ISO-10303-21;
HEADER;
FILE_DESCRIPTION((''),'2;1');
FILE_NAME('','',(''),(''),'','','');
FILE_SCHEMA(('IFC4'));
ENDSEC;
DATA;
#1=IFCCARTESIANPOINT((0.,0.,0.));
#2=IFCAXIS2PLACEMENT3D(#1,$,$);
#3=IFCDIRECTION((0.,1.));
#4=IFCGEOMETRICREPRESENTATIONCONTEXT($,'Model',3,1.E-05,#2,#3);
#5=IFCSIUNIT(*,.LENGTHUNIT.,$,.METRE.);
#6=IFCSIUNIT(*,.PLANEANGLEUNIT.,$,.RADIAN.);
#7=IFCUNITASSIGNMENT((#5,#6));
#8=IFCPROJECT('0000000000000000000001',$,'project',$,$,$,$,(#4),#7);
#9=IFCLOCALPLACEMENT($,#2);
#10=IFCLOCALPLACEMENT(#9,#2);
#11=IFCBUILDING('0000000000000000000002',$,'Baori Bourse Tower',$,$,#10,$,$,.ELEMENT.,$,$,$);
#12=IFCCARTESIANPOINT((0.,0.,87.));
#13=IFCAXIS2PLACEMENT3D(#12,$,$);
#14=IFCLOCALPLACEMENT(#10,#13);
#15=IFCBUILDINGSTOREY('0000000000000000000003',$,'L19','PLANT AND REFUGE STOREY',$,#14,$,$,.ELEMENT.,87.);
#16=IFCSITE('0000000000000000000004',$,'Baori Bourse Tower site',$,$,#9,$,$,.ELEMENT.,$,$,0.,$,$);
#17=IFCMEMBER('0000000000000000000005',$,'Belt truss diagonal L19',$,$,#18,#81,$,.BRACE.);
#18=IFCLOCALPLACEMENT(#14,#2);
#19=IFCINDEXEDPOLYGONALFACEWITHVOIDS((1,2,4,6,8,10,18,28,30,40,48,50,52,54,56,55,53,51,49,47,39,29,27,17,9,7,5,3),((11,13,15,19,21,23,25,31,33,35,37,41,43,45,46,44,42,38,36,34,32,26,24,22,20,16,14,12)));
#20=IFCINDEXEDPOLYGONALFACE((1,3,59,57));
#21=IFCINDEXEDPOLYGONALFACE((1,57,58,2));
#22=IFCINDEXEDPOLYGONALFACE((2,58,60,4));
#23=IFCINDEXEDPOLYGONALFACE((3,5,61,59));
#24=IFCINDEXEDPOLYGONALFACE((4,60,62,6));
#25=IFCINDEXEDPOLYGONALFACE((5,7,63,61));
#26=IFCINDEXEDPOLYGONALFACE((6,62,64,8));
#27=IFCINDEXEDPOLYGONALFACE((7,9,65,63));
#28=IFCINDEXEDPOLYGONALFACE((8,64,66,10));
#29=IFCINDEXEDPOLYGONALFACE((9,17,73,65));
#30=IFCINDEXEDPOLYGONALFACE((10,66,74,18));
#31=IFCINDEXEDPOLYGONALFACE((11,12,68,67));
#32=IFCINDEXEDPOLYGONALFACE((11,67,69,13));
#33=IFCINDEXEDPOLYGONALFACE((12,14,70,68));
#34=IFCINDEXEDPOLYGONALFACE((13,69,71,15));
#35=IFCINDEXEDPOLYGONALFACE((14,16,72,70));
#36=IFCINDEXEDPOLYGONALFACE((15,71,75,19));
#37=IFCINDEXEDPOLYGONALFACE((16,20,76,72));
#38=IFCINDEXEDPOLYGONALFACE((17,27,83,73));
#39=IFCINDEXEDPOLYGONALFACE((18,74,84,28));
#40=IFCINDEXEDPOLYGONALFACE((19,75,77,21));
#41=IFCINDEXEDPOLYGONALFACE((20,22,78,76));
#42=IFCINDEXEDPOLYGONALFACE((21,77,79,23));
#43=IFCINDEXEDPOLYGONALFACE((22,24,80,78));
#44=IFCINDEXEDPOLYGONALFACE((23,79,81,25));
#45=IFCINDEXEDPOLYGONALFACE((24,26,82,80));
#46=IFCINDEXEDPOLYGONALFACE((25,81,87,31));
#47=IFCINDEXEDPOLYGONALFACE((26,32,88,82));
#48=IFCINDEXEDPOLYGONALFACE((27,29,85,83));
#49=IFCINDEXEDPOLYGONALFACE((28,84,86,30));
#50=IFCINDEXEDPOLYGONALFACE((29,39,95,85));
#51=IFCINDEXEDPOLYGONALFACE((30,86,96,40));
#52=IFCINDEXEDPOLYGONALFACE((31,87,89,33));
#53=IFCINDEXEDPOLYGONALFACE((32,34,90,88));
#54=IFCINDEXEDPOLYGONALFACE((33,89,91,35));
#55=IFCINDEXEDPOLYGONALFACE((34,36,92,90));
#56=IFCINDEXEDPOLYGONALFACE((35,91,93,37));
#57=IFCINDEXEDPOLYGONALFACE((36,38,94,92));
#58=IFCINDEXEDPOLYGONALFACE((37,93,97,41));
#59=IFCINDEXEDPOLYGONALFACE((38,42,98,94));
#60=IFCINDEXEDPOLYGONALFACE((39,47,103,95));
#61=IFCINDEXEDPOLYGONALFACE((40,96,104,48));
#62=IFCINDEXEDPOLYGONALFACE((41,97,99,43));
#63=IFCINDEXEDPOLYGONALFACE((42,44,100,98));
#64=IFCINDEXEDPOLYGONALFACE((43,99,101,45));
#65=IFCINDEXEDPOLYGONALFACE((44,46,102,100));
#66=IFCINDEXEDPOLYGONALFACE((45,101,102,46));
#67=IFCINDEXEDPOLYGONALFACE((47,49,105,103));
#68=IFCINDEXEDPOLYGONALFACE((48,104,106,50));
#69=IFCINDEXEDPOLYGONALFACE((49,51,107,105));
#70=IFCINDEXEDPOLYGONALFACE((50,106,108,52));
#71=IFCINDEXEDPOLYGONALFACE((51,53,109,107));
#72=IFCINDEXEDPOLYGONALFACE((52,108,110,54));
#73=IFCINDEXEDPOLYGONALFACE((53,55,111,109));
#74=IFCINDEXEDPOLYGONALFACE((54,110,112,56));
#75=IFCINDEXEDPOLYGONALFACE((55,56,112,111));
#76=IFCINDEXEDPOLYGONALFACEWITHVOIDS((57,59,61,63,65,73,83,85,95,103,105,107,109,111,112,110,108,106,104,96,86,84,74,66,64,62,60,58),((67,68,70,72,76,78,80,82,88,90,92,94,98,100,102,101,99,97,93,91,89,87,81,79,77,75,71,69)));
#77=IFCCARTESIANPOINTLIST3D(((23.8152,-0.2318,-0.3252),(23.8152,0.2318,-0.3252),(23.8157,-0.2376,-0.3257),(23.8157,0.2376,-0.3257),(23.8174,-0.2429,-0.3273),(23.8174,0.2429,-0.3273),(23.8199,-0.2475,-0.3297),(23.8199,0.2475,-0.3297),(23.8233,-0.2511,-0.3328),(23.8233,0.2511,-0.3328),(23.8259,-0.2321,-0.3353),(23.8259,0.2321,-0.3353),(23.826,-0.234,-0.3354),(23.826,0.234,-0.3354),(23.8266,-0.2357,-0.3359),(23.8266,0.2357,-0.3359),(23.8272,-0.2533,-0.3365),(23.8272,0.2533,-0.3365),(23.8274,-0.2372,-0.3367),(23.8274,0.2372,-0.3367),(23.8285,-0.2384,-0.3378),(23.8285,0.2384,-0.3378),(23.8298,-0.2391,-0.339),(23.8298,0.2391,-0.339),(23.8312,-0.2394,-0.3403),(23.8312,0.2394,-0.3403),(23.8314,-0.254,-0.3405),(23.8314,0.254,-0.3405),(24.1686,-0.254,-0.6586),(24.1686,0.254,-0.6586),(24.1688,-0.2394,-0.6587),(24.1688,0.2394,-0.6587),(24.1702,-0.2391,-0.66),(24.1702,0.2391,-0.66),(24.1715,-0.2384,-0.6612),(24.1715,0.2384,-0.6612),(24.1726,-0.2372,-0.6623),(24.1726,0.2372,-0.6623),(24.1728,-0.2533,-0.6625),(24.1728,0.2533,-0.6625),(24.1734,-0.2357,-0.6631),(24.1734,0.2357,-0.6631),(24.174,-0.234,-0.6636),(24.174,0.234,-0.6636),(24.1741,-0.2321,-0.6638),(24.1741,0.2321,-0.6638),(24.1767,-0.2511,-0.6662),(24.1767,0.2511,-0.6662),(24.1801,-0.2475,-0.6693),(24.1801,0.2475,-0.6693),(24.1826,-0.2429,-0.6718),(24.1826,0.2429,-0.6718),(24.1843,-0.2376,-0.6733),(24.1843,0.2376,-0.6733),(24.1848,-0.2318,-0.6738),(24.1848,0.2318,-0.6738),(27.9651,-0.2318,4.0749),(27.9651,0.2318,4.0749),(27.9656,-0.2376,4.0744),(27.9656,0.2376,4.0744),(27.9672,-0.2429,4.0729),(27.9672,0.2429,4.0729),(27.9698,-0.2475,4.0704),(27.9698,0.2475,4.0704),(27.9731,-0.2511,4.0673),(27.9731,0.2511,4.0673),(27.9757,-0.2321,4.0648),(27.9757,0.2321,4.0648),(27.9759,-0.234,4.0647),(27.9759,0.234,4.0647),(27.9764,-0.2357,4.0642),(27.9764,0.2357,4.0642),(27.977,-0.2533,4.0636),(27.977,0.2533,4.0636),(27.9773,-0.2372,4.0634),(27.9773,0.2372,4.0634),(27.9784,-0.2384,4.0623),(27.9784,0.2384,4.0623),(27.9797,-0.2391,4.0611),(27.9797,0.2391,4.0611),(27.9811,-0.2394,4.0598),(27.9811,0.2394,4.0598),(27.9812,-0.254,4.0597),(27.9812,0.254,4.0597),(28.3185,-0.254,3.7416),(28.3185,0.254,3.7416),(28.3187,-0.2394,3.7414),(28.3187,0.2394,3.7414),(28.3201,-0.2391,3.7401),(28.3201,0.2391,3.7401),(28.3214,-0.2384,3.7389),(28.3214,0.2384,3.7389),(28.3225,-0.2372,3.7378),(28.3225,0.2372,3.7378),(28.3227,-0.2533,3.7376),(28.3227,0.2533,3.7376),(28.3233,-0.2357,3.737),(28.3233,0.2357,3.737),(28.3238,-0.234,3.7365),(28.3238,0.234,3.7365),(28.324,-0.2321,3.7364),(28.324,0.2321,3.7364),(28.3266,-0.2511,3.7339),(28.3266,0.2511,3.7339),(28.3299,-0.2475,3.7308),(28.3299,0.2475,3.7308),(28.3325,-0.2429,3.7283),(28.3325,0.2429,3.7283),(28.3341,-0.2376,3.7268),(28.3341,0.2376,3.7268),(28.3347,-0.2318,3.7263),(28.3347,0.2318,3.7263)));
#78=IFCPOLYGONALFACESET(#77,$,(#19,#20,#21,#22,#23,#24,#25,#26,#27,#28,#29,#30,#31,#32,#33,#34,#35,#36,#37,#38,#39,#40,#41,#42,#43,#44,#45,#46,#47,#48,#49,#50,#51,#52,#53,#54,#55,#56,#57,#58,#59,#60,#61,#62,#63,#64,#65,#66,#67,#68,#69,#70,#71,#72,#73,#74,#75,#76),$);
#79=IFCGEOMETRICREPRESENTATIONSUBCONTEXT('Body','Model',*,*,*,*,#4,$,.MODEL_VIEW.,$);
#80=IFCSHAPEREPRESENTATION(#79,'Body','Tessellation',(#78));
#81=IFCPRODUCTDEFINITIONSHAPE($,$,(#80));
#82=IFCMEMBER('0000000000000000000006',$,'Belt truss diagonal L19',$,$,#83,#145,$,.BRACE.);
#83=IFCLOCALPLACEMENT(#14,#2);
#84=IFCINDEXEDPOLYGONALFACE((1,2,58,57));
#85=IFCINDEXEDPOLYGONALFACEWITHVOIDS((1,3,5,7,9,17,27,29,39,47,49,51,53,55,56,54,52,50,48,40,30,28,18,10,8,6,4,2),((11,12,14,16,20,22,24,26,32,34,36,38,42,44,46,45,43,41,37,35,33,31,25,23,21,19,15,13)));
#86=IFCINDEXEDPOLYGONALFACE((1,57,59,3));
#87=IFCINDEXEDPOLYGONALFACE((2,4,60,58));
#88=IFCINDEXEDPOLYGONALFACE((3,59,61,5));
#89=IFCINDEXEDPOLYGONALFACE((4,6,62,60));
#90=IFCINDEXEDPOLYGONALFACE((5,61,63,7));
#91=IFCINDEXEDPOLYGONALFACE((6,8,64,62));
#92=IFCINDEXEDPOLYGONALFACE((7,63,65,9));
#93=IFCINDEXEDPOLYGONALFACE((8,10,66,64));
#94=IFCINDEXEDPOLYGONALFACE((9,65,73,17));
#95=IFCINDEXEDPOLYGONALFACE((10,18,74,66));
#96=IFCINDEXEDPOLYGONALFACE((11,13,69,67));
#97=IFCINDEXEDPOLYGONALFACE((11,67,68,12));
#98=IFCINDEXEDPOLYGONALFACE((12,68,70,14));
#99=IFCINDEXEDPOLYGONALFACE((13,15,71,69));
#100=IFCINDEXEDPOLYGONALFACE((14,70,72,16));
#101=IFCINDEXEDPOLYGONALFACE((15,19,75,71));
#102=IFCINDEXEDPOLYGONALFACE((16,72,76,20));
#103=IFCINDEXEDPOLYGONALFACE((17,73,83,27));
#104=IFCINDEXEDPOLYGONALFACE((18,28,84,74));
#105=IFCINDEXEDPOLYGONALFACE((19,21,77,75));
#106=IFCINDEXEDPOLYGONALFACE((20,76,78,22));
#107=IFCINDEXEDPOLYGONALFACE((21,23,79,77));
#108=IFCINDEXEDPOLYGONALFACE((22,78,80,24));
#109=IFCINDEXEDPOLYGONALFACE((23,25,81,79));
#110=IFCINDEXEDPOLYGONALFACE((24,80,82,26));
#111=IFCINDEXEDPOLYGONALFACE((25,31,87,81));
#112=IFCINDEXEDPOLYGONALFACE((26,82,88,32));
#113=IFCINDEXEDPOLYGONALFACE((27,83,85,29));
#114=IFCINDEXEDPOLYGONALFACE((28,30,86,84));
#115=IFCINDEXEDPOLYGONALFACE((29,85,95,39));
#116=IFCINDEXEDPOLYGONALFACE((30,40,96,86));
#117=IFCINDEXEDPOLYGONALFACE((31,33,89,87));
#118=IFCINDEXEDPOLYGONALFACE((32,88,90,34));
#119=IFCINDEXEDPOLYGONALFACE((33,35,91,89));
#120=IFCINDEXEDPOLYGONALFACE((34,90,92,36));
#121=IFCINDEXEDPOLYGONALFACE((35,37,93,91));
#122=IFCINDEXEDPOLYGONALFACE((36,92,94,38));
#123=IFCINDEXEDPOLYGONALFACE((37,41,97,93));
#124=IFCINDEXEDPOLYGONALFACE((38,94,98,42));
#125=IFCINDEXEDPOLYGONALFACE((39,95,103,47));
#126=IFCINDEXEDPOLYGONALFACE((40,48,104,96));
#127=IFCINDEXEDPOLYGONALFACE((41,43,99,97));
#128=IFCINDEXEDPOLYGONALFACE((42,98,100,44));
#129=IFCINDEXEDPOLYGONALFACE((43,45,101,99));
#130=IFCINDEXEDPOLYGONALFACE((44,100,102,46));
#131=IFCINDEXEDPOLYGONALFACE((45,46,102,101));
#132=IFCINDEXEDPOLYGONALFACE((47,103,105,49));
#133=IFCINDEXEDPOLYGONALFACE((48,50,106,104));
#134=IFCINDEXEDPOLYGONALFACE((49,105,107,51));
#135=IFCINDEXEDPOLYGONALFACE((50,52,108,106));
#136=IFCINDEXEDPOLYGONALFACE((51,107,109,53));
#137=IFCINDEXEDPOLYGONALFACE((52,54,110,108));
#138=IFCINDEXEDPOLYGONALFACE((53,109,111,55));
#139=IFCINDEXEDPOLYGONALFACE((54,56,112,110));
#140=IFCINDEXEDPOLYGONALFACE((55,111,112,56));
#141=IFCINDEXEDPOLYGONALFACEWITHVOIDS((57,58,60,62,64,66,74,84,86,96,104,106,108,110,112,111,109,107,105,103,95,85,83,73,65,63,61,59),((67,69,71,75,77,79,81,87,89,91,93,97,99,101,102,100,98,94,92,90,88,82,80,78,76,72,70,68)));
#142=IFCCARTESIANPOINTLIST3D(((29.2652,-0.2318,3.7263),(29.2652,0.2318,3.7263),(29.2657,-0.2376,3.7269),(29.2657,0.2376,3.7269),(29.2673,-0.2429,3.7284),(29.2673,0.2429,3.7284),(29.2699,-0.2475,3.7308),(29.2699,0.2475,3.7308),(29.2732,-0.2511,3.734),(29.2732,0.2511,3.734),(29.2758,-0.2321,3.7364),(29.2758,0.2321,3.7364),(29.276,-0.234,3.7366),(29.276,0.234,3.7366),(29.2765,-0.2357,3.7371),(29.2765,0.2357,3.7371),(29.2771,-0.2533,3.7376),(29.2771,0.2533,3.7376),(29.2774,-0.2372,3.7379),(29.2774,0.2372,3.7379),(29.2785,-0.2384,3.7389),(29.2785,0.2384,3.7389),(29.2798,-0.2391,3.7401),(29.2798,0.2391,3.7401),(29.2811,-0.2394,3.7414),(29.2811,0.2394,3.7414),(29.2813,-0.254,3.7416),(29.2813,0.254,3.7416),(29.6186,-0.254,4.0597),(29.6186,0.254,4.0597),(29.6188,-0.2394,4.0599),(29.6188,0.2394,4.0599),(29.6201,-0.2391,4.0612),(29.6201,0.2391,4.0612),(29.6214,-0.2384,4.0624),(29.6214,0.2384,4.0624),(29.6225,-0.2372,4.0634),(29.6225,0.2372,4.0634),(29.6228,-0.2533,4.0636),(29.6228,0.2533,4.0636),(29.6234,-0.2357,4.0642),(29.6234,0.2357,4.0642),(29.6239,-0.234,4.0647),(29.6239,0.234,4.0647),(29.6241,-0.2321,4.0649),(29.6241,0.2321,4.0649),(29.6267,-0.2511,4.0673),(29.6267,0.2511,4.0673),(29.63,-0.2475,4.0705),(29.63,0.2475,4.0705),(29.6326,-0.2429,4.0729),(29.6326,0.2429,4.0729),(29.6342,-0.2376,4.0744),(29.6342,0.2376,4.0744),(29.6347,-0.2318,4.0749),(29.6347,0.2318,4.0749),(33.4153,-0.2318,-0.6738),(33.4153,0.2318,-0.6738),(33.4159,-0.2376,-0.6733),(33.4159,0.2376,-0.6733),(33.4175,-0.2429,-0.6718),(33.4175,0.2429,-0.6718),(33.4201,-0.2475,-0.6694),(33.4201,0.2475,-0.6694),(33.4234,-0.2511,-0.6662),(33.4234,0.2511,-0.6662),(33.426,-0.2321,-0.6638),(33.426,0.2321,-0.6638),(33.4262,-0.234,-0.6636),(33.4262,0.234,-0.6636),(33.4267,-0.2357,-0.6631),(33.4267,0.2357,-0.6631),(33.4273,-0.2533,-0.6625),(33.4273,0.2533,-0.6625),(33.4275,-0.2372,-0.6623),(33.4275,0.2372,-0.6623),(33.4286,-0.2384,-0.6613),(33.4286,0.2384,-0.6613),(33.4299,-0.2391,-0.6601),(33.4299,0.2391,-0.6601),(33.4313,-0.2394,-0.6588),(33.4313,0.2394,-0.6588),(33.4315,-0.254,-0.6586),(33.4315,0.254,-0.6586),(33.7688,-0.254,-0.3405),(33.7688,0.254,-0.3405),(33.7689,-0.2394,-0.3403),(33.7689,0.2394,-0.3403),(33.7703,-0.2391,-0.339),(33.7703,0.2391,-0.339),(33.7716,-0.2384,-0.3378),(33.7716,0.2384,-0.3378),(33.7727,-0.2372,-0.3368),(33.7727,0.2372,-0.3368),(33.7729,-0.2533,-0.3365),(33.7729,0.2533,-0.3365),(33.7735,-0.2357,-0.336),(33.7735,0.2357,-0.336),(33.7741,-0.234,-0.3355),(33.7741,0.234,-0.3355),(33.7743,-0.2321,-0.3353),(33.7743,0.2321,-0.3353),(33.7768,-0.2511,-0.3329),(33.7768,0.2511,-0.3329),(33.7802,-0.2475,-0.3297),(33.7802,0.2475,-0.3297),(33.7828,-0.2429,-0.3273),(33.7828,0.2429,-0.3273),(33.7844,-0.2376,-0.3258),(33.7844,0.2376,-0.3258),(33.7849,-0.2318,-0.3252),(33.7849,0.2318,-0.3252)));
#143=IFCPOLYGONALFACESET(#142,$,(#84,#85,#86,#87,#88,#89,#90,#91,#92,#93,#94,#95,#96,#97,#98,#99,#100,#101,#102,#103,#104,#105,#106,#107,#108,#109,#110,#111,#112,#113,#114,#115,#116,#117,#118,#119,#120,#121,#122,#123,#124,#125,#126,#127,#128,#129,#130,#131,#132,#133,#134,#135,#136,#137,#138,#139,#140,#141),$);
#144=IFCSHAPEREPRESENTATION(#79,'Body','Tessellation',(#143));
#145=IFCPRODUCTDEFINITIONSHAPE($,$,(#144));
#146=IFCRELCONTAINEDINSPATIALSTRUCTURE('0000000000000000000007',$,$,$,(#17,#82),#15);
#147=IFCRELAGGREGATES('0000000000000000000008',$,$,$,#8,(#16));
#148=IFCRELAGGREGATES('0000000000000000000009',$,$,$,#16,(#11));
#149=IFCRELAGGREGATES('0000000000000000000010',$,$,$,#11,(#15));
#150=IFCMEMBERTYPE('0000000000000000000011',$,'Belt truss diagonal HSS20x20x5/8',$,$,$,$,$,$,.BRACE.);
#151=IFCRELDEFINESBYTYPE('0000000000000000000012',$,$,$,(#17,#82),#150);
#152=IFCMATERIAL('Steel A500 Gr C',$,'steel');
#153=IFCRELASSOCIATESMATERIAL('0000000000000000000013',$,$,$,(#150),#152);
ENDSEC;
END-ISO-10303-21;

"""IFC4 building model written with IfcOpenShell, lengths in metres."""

from ifc_helpers import new_model, si_unit, direction, frame, origin, origin_2d, place, context, subcontext, project, spatial, hollow_rectangle, extrude, material, material_profile, profile_set, type_object, element, save


model = new_model("IFC4")

# Units and contexts
model_context = context("Model", 3, precision=1e-05, world=origin(), true_north=direction((0.0, 1.0)))
body_context = subcontext(model_context, "Body", "Model", "MODEL_VIEW")
ifc_project = project(units=[si_unit("LENGTHUNIT", "METRE"), si_unit("PLANEANGLEUNIT", "RADIAN")], contexts=[model_context])

# Site, building, storey
site_placement = place(None, origin())
site = spatial("IfcSite", under=ifc_project, at=site_placement, Name="Baori Bourse Tower site", CompositionType="ELEMENT", RefElevation=0.0)
building_placement = place(site_placement, origin())
building = spatial("IfcBuilding", under=site, at=building_placement, Name="Baori Bourse Tower", CompositionType="ELEMENT")
storey_placement = place(building_placement, frame((0.0, 0.0, 87.0)))
storey = spatial("IfcBuildingStorey", under=building, at=storey_placement, Name="L19", Description="PLANT AND REFUGE STOREY", CompositionType="ELEMENT", Elevation=87.0)

# Members
ifc_material_1 = material(Name="Steel A500 Gr C", Category="steel")
ifc_material_profile_1 = material_profile(ifc_material_1, hollow_rectangle(XDim=0.5081, YDim=0.5081, WallThickness=0.0146, InnerFilletRadius=0.0073, OuterFilletRadius=0.0222, at=origin_2d()), Name="HSS20x20x5/8")
ifc_profile_set_1 = profile_set([ifc_material_profile_1], Name="Steel A500 Gr C")
member_type_1 = type_object("IfcMemberType", Name="Belt truss diagonal HSS20x20x5/8", PredefinedType="BRACE", material=ifc_profile_set_1)
for number, where, z_axis, x_axis, name in (
    (1, (24.0, 0.0, -0.4995), (0.686117, 0.0, 0.727491), (0.0, 1.0, 0.0), "Belt truss diagonal L19"),
):
    element("IfcMember", number, at=place(storey_placement, frame(where, z_axis=z_axis, x_axis=x_axis)), inside=storey, type_object=member_type_1, Name=name, PredefinedType="BRACE", context=body_context, shape_type="SweptSolid", body=[
        extrude(hollow_rectangle(XDim=0.5081, YDim=0.5081, WallThickness=0.0146, InnerFilletRadius=0.0073, OuterFilletRadius=0.0222, at=origin_2d()), origin(), (0.0, 0.0, 1.0), 6.0483),
    ])
member_1_placement = place(storey_placement, frame((29.45, 0.0, 3.9006), z_axis=(0.686139, 0.0, -0.727471), x_axis=(0.0, 1.0, 0.0)))
element("IfcMember", 2, at=member_1_placement, inside=storey, type_object=member_type_1, Name="Belt truss diagonal L19", PredefinedType="BRACE", context=body_context, shape_type="SweptSolid", body=[
    extrude(hollow_rectangle(XDim=0.5081, YDim=0.5081, WallThickness=0.0146, InnerFilletRadius=0.0073, OuterFilletRadius=0.0222, at=origin_2d()), origin(), (0.0, 0.0, 1.0), 6.0486),
])

save(model, "model.ifc")
